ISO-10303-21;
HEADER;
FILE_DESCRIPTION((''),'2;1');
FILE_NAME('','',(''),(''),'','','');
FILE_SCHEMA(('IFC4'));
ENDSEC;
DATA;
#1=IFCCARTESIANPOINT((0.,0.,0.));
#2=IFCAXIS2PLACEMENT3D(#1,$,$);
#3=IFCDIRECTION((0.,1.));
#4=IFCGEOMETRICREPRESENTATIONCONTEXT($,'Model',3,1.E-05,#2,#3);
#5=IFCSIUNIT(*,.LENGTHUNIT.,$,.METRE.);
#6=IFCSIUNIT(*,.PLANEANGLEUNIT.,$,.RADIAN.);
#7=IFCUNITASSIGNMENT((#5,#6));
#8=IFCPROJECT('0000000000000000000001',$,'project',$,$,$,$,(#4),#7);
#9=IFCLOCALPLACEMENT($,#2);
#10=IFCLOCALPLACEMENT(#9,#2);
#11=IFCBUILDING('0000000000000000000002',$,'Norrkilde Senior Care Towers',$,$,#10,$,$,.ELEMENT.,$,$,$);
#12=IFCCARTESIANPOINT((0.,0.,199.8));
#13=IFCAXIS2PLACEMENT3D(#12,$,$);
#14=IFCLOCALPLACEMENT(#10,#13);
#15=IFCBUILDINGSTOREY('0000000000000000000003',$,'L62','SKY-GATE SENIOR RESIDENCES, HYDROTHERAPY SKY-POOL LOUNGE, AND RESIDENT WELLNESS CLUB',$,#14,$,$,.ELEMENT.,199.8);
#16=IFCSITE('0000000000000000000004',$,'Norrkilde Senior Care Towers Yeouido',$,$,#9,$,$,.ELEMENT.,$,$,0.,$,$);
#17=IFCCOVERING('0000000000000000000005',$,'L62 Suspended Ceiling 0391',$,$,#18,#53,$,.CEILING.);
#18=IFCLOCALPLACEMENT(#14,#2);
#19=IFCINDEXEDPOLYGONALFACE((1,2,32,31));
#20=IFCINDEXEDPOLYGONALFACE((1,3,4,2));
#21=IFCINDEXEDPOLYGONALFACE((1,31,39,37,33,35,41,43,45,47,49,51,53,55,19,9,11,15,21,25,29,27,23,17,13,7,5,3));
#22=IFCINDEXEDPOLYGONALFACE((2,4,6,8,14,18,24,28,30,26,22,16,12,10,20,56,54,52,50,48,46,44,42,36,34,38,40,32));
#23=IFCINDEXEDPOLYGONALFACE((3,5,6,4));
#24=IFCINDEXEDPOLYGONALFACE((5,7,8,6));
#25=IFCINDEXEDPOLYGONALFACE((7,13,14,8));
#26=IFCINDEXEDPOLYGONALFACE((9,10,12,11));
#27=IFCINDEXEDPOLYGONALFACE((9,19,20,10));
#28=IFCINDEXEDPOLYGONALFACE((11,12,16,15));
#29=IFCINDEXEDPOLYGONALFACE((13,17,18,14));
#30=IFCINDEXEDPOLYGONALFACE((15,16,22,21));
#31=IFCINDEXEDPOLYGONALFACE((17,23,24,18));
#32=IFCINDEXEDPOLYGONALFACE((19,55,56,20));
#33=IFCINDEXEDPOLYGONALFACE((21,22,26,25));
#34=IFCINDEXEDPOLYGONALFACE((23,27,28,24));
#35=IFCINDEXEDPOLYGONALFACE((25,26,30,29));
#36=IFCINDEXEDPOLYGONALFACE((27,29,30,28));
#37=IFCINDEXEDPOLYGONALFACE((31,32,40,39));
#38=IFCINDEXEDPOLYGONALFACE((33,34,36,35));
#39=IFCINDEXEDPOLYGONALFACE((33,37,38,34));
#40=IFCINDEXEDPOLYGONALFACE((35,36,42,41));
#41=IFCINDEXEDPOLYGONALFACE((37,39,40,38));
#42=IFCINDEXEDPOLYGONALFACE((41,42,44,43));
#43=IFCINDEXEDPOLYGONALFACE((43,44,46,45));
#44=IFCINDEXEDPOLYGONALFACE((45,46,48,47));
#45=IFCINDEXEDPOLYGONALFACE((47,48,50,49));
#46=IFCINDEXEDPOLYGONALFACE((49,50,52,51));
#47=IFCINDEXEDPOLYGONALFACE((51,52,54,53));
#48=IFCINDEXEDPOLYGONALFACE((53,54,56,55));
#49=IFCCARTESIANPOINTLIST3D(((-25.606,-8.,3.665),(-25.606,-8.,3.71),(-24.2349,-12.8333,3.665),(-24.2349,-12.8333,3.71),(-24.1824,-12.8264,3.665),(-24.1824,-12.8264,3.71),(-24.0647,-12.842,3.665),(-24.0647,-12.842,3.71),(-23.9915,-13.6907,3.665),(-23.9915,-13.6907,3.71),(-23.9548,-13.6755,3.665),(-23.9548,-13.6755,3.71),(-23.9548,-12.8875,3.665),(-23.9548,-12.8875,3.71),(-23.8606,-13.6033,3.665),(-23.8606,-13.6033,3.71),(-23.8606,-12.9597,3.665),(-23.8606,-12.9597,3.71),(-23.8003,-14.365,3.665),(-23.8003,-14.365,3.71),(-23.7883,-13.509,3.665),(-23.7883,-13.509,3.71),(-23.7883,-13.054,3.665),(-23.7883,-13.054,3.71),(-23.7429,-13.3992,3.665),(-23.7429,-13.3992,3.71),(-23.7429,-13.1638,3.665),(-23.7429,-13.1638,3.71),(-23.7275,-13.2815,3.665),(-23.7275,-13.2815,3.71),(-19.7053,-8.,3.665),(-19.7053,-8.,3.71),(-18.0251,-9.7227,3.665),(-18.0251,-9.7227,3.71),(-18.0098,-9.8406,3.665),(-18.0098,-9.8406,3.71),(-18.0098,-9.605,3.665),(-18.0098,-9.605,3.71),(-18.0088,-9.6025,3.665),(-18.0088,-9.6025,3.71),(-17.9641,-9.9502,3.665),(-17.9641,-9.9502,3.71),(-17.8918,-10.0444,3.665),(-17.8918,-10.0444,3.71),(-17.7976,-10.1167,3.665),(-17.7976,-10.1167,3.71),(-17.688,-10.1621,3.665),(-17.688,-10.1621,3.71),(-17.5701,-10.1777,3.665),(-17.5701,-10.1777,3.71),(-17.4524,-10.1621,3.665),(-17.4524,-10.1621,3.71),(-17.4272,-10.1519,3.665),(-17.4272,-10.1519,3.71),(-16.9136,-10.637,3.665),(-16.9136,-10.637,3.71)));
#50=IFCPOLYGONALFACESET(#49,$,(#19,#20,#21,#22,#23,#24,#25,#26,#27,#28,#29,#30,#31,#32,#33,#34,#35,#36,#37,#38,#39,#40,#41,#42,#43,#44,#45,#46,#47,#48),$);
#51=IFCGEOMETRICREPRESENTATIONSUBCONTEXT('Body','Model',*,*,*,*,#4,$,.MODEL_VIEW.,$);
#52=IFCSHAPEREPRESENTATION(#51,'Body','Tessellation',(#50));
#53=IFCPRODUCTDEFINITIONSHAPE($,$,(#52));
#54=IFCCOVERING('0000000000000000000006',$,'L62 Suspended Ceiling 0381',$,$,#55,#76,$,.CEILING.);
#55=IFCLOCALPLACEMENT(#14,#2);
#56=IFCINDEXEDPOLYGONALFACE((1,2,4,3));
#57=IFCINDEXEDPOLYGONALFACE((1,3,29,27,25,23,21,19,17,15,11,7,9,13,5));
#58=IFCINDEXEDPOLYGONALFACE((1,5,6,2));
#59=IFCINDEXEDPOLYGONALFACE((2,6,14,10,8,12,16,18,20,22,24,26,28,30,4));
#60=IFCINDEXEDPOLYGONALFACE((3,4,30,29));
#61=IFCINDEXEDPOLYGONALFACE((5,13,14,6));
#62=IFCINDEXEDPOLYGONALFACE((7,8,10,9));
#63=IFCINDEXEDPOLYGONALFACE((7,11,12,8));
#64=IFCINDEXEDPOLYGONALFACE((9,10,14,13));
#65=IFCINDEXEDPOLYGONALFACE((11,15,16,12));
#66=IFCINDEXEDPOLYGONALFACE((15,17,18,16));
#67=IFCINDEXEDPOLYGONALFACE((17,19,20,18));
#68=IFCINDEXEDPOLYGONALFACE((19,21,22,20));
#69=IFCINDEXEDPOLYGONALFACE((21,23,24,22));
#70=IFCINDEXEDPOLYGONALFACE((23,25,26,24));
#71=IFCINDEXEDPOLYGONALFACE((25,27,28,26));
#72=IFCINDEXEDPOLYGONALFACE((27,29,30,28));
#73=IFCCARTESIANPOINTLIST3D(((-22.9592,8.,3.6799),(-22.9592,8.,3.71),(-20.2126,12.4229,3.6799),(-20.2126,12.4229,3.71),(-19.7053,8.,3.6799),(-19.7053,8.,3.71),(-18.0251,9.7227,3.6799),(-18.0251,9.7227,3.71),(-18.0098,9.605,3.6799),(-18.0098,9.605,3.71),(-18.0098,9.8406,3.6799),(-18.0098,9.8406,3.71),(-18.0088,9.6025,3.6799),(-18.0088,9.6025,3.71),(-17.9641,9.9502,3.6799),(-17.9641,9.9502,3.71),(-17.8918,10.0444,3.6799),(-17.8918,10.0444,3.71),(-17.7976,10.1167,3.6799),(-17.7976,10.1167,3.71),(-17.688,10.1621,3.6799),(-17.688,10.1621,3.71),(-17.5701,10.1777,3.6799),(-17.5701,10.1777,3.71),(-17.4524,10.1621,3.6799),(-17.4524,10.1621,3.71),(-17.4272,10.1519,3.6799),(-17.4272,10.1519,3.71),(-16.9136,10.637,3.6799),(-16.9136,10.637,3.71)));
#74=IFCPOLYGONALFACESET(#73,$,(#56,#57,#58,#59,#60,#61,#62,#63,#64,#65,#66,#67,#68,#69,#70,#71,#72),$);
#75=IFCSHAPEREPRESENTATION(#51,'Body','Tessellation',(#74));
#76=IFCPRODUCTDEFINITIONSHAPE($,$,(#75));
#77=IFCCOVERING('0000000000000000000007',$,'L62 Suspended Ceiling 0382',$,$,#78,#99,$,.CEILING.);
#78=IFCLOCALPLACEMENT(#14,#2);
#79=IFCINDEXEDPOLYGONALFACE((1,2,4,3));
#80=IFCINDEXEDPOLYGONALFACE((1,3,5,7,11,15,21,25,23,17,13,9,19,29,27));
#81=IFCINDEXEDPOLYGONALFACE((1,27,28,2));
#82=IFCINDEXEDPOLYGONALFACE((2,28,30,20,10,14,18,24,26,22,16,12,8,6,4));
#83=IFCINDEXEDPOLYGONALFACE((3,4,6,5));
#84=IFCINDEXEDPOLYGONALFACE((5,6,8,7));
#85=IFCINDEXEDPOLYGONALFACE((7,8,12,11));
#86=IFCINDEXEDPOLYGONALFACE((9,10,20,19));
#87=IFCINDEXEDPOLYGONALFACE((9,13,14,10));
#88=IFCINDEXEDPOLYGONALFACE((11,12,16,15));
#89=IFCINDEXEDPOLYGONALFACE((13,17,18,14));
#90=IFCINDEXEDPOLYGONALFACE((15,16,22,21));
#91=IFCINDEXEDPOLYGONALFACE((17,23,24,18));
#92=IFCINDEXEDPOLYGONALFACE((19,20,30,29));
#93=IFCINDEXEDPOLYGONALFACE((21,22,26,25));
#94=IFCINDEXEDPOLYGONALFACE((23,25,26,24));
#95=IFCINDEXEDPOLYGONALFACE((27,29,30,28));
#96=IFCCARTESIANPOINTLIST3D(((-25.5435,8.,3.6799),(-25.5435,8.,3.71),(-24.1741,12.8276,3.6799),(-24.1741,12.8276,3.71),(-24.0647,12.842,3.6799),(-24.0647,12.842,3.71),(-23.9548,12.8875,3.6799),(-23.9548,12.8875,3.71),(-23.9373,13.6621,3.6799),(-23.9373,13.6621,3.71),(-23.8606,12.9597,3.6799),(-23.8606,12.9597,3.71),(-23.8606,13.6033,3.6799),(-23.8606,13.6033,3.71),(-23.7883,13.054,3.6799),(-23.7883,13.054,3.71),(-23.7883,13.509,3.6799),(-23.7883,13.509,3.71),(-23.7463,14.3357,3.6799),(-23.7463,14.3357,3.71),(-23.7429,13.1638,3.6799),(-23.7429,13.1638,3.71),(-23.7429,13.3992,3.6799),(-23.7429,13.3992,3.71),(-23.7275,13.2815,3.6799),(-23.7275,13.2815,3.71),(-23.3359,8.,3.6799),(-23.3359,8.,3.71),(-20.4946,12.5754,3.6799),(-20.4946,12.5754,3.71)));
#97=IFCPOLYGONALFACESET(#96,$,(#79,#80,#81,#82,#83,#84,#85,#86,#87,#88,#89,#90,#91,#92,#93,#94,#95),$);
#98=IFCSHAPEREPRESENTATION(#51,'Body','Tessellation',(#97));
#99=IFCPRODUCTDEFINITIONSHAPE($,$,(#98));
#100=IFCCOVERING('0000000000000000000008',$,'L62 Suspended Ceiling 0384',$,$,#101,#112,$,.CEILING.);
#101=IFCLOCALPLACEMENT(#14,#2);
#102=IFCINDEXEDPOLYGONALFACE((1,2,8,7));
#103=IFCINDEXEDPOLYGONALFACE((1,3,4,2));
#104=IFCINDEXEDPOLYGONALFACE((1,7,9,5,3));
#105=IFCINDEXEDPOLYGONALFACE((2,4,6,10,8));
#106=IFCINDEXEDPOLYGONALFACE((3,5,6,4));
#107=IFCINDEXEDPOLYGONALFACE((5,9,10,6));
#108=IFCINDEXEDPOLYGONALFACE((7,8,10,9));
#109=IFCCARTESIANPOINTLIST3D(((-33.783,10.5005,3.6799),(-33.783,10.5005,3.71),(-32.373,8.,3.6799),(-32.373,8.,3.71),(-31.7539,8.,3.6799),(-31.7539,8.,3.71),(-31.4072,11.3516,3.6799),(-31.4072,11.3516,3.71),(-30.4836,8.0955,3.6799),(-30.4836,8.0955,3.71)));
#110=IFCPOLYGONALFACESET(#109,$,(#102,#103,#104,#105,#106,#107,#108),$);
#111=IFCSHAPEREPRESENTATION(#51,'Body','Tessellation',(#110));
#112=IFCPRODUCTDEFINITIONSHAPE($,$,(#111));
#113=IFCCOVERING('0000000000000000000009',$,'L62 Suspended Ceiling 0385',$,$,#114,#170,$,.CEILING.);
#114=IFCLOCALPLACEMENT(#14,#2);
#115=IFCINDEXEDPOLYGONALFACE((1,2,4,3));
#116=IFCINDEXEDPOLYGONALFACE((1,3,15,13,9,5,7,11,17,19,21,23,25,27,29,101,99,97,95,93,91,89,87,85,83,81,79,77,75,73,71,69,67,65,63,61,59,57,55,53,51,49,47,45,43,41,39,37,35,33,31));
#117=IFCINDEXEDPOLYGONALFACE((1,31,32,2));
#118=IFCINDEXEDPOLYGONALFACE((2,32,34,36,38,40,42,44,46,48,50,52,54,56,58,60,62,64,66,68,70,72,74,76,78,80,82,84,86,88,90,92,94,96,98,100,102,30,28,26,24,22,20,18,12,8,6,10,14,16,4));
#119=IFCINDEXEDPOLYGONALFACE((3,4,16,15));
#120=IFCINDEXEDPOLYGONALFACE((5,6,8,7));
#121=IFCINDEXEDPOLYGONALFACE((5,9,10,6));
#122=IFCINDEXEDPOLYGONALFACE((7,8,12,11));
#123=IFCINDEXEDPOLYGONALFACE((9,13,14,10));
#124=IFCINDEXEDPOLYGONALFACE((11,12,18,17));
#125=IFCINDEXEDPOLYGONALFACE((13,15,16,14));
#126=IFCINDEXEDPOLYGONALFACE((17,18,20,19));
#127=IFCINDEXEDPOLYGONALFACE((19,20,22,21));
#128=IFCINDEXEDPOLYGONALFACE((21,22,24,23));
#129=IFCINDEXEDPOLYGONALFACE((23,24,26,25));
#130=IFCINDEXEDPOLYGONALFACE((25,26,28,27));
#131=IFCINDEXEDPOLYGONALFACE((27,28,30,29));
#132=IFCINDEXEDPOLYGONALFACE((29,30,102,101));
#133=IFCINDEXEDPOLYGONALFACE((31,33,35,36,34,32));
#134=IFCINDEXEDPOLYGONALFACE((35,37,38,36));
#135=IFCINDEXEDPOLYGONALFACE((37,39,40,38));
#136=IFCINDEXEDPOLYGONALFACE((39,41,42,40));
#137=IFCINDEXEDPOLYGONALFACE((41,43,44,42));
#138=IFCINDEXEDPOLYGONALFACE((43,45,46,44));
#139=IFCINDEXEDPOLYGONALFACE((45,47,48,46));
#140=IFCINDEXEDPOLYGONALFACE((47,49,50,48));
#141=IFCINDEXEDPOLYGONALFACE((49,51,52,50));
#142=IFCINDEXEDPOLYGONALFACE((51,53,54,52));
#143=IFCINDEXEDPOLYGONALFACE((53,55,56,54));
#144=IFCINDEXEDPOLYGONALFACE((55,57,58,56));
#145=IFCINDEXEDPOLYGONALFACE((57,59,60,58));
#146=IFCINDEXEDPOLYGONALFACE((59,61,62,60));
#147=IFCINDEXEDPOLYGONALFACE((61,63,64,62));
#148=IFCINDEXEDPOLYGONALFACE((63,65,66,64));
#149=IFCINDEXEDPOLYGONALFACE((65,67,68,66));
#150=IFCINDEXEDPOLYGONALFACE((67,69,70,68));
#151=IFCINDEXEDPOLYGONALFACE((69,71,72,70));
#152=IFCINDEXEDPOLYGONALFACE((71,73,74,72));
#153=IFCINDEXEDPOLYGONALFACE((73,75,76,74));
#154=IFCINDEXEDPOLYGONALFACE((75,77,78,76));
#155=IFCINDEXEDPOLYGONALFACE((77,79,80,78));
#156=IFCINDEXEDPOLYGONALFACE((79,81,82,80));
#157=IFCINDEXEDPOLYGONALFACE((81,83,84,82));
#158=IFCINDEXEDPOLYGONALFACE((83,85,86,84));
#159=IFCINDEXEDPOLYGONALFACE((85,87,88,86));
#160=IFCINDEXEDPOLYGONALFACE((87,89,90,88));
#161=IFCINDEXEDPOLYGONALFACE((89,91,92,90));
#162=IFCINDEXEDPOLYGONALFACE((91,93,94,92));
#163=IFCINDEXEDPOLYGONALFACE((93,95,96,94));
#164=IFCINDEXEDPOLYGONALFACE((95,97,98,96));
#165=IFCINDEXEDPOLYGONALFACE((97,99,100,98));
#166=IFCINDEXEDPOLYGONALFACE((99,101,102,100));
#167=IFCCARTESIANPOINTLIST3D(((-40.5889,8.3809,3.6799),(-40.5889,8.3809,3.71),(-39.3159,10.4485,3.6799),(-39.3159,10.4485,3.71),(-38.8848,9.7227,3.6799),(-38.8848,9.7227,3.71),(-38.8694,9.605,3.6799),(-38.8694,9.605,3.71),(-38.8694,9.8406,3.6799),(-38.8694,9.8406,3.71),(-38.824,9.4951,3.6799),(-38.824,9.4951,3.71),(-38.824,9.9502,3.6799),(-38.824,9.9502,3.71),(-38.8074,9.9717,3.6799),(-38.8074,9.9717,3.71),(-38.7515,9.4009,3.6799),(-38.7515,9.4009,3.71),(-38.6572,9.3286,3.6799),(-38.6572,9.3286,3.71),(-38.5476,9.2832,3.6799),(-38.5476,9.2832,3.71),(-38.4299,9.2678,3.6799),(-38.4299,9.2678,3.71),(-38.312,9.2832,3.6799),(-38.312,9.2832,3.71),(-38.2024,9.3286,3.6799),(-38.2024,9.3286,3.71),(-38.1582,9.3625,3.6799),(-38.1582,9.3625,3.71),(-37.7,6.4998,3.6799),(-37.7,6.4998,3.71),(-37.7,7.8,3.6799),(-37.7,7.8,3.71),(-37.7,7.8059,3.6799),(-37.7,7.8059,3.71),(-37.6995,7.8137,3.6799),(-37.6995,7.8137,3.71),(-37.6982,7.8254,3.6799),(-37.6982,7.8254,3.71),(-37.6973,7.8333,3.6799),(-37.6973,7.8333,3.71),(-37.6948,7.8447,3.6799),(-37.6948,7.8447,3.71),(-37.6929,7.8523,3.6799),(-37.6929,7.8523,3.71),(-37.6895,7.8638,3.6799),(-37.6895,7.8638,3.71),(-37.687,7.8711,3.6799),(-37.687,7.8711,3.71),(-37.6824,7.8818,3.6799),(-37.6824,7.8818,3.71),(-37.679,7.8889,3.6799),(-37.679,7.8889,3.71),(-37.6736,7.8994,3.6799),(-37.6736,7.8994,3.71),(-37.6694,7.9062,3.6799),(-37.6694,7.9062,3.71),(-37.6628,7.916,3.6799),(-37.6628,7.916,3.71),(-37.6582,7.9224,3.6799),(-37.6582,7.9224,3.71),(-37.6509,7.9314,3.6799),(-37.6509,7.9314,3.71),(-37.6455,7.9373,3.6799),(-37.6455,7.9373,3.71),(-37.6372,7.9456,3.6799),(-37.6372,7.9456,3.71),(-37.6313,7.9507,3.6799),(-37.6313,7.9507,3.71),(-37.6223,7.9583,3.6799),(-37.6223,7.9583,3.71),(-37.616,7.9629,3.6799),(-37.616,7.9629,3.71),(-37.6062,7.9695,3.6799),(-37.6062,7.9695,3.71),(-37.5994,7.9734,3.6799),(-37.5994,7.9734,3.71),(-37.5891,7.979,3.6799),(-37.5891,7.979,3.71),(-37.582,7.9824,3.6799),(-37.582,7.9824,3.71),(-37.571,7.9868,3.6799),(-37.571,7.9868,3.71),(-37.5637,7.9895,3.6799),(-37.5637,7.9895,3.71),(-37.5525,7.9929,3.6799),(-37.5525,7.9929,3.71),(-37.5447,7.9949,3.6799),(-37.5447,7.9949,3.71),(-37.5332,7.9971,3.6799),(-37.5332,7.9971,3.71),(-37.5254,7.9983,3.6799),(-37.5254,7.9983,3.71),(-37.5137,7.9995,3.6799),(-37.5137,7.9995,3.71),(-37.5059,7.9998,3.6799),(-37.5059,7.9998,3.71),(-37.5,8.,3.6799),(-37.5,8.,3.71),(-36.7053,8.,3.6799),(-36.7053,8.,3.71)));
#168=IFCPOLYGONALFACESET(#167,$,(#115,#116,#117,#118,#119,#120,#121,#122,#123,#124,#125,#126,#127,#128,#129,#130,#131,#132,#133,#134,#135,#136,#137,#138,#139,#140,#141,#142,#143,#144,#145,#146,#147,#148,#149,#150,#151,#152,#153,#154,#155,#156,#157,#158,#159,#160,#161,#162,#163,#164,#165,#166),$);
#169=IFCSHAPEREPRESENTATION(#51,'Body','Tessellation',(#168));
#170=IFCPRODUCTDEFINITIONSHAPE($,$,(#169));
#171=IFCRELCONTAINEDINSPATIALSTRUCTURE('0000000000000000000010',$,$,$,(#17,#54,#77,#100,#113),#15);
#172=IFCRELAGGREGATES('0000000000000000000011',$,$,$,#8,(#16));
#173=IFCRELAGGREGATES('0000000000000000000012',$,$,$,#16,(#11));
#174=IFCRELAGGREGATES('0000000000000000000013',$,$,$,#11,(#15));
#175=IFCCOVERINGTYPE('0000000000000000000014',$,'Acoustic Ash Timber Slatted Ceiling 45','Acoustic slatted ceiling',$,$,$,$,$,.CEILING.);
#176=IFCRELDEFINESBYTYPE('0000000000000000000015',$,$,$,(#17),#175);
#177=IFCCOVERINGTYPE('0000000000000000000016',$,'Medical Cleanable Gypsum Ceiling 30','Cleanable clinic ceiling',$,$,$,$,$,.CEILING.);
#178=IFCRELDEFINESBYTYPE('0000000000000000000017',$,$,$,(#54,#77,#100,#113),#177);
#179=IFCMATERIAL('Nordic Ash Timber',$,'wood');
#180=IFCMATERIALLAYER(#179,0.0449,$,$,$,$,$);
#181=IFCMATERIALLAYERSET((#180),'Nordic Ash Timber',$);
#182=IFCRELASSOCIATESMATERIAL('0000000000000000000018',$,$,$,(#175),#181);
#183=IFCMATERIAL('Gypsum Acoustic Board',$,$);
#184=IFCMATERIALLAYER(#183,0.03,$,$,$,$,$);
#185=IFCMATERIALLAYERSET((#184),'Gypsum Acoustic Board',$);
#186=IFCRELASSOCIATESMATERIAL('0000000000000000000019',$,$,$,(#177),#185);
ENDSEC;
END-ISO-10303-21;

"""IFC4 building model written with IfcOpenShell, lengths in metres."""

from ifc_helpers import new_model, si_unit, direction, frame, origin, place, context, subcontext, project, spatial, polyline, outline, extrude, material, layer, layer_set, type_object, element, save


model = new_model("IFC4")

# Units and contexts
model_context = context("Model", 3, precision=1e-05, world=origin(), true_north=direction((0.0, 1.0)))
body_context = subcontext(model_context, "Body", "Model", "MODEL_VIEW")
ifc_project = project(units=[si_unit("LENGTHUNIT", "METRE"), si_unit("PLANEANGLEUNIT", "RADIAN")], contexts=[model_context])

# Site, building, storey
site_placement = place(None, origin())
site = spatial("IfcSite", under=ifc_project, at=site_placement, Name="Norrkilde Senior Care Towers Yeouido", CompositionType="ELEMENT", RefElevation=0.0)
building_placement = place(site_placement, origin())
building = spatial("IfcBuilding", under=site, at=building_placement, Name="Norrkilde Senior Care Towers", CompositionType="ELEMENT")
storey_placement = place(building_placement, frame((0.0, 0.0, 199.8)))
storey = spatial("IfcBuildingStorey", under=building, at=storey_placement, Name="L62", Description="SKY-GATE SENIOR RESIDENCES, HYDROTHERAPY SKY-POOL LOUNGE, AND RESIDENT WELLNESS CLUB", CompositionType="ELEMENT", Elevation=199.8)

# Coverings
ifc_material_1 = material(Name="Nordic Ash Timber", Category="wood")
ifc_layer_1 = layer(ifc_material_1, 0.0449)
ifc_layer_set_1 = layer_set([ifc_layer_1], Name="Nordic Ash Timber")
covering_type_1 = type_object("IfcCoveringType", Name="Acoustic Ash Timber Slatted Ceiling 45", Description="Acoustic slatted ceiling", PredefinedType="CEILING", material=ifc_layer_set_1)
covering_1_placement = place(storey_placement, frame((0.0, 0.0, 3.665)))
element("IfcCovering", 1, at=covering_1_placement, inside=storey, type_object=covering_type_1, Name="L62 Suspended Ceiling 0391", PredefinedType="CEILING", context=body_context, shape_type="SweptSolid", body=[
    extrude(outline(polyline([(-23.8003, -14.365), (-23.9915, -13.6907), (-23.9548, -13.6755), (-23.8606, -13.6033), (-23.7883, -13.509), (-23.7429, -13.3992), (-23.7275, -13.2815), (-23.7429, -13.1638), (-23.7883, -13.054), (-23.8606, -12.9597), (-23.9548, -12.8875), (-24.0647, -12.842), (-24.1824, -12.8264), (-24.2349, -12.8333), (-25.606, -8.0), (-19.7053, -8.0), (-18.0088, -9.6025), (-18.0098, -9.605), (-18.0251, -9.7227), (-18.0098, -9.8406), (-17.9641, -9.9502), (-17.8918, -10.0444), (-17.7976, -10.1167), (-17.688, -10.1621), (-17.5701, -10.1777), (-17.4524, -10.1621), (-17.4272, -10.1519), (-16.9136, -10.637), (-23.8003, -14.365)])), origin(), (0.0, 0.0, 1.0), 0.0449),
])
ifc_material_2 = material(Name="Gypsum Acoustic Board")
ifc_layer_2 = layer(ifc_material_2, 0.03)
ifc_layer_set_2 = layer_set([ifc_layer_2], Name="Gypsum Acoustic Board")
covering_type_2 = type_object("IfcCoveringType", Name="Medical Cleanable Gypsum Ceiling 30", Description="Cleanable clinic ceiling", PredefinedType="CEILING", material=ifc_layer_set_2)
covering_2_placement = place(storey_placement, frame((0.0, 0.0, 3.6799)))
element("IfcCovering", 2, at=covering_2_placement, inside=storey, type_object=covering_type_2, Name="L62 Suspended Ceiling 0381", PredefinedType="CEILING", context=body_context, shape_type="SweptSolid", body=[
    extrude(outline(polyline([(-17.4272, 10.1519), (-17.4524, 10.1621), (-17.5701, 10.1777), (-17.688, 10.1621), (-17.7976, 10.1167), (-17.8918, 10.0444), (-17.9641, 9.9502), (-18.0098, 9.8406), (-18.0251, 9.7227), (-18.0098, 9.605), (-18.0088, 9.6025), (-19.7053, 8.0), (-22.9592, 8.0), (-20.2126, 12.4229), (-16.9136, 10.637), (-17.4272, 10.1519)])), origin(), (0.0, 0.0, 1.0), 0.03),
])
covering_3_placement = place(storey_placement, frame((0.0, 0.0, 3.6799)))
element("IfcCovering", 3, at=covering_3_placement, inside=storey, type_object=covering_type_2, Name="L62 Suspended Ceiling 0382", PredefinedType="CEILING", context=body_context, shape_type="SweptSolid", body=[
    extrude(outline(polyline([(-20.4946, 12.5754), (-23.3359, 8.0), (-25.5435, 8.0), (-24.1741, 12.8276), (-24.0647, 12.842), (-23.9548, 12.8875), (-23.8606, 12.9597), (-23.7883, 13.054), (-23.7429, 13.1638), (-23.7275, 13.2815), (-23.7429, 13.3992), (-23.7883, 13.509), (-23.8606, 13.6033), (-23.9373, 13.6621), (-23.7463, 14.3357), (-20.4946, 12.5754)])), origin(), (0.0, 0.0, 1.0), 0.03),
])
covering_4_placement = place(storey_placement, frame((0.0, 0.0, 3.6799)))
element("IfcCovering", 4, at=covering_4_placement, inside=storey, type_object=covering_type_2, Name="L62 Suspended Ceiling 0384", PredefinedType="CEILING", context=body_context, shape_type="SweptSolid", body=[
    extrude(outline(polyline([(-33.783, 10.5005), (-31.4072, 11.3516), (-30.4836, 8.0955), (-31.7539, 8.0), (-32.373, 8.0), (-33.783, 10.5005)])), origin(), (0.0, 0.0, 1.0), 0.03),
])
covering_5_placement = place(storey_placement, frame((0.0, 0.0, 3.6799)))
element("IfcCovering", 5, at=covering_5_placement, inside=storey, type_object=covering_type_2, Name="L62 Suspended Ceiling 0385", PredefinedType="CEILING", context=body_context, shape_type="SweptSolid", body=[
    extrude(outline(polyline([(-37.5254, 7.9983), (-37.5332, 7.9971), (-37.5447, 7.9949), (-37.5525, 7.9929), (-37.5637, 7.9895), (-37.571, 7.9868), (-37.582, 7.9824), (-37.5891, 7.979), (-37.5994, 7.9734), (-37.6062, 7.9695), (-37.616, 7.9629), (-37.6223, 7.9583), (-37.6313, 7.9507), (-37.6372, 7.9456), (-37.6455, 7.9373), (-37.6509, 7.9314), (-37.6582, 7.9224), (-37.6628, 7.916), (-37.6694, 7.9062), (-37.6736, 7.8994), (-37.679, 7.8889), (-37.6824, 7.8818), (-37.687, 7.8711), (-37.6895, 7.8638), (-37.6929, 7.8523), (-37.6948, 7.8447), (-37.6973, 7.8333), (-37.6982, 7.8254), (-37.6995, 7.8137), (-37.7, 7.8059), (-37.7, 7.8), (-37.7, 6.4998), (-40.5889, 8.3809), (-39.3159, 10.4485), (-38.8074, 9.9717), (-38.824, 9.9502), (-38.8694, 9.8406), (-38.8848, 9.7227), (-38.8694, 9.605), (-38.824, 9.4951), (-38.7515, 9.4009), (-38.6572, 9.3286), (-38.5476, 9.2832), (-38.4299, 9.2678), (-38.312, 9.2832), (-38.2024, 9.3286), (-38.1582, 9.3625), (-36.7053, 8.0), (-37.5, 8.0), (-37.5059, 7.9998), (-37.5137, 7.9995), (-37.5254, 7.9983)])), origin(), (0.0, 0.0, 1.0), 0.03),
])

save(model, "model.ifc")
